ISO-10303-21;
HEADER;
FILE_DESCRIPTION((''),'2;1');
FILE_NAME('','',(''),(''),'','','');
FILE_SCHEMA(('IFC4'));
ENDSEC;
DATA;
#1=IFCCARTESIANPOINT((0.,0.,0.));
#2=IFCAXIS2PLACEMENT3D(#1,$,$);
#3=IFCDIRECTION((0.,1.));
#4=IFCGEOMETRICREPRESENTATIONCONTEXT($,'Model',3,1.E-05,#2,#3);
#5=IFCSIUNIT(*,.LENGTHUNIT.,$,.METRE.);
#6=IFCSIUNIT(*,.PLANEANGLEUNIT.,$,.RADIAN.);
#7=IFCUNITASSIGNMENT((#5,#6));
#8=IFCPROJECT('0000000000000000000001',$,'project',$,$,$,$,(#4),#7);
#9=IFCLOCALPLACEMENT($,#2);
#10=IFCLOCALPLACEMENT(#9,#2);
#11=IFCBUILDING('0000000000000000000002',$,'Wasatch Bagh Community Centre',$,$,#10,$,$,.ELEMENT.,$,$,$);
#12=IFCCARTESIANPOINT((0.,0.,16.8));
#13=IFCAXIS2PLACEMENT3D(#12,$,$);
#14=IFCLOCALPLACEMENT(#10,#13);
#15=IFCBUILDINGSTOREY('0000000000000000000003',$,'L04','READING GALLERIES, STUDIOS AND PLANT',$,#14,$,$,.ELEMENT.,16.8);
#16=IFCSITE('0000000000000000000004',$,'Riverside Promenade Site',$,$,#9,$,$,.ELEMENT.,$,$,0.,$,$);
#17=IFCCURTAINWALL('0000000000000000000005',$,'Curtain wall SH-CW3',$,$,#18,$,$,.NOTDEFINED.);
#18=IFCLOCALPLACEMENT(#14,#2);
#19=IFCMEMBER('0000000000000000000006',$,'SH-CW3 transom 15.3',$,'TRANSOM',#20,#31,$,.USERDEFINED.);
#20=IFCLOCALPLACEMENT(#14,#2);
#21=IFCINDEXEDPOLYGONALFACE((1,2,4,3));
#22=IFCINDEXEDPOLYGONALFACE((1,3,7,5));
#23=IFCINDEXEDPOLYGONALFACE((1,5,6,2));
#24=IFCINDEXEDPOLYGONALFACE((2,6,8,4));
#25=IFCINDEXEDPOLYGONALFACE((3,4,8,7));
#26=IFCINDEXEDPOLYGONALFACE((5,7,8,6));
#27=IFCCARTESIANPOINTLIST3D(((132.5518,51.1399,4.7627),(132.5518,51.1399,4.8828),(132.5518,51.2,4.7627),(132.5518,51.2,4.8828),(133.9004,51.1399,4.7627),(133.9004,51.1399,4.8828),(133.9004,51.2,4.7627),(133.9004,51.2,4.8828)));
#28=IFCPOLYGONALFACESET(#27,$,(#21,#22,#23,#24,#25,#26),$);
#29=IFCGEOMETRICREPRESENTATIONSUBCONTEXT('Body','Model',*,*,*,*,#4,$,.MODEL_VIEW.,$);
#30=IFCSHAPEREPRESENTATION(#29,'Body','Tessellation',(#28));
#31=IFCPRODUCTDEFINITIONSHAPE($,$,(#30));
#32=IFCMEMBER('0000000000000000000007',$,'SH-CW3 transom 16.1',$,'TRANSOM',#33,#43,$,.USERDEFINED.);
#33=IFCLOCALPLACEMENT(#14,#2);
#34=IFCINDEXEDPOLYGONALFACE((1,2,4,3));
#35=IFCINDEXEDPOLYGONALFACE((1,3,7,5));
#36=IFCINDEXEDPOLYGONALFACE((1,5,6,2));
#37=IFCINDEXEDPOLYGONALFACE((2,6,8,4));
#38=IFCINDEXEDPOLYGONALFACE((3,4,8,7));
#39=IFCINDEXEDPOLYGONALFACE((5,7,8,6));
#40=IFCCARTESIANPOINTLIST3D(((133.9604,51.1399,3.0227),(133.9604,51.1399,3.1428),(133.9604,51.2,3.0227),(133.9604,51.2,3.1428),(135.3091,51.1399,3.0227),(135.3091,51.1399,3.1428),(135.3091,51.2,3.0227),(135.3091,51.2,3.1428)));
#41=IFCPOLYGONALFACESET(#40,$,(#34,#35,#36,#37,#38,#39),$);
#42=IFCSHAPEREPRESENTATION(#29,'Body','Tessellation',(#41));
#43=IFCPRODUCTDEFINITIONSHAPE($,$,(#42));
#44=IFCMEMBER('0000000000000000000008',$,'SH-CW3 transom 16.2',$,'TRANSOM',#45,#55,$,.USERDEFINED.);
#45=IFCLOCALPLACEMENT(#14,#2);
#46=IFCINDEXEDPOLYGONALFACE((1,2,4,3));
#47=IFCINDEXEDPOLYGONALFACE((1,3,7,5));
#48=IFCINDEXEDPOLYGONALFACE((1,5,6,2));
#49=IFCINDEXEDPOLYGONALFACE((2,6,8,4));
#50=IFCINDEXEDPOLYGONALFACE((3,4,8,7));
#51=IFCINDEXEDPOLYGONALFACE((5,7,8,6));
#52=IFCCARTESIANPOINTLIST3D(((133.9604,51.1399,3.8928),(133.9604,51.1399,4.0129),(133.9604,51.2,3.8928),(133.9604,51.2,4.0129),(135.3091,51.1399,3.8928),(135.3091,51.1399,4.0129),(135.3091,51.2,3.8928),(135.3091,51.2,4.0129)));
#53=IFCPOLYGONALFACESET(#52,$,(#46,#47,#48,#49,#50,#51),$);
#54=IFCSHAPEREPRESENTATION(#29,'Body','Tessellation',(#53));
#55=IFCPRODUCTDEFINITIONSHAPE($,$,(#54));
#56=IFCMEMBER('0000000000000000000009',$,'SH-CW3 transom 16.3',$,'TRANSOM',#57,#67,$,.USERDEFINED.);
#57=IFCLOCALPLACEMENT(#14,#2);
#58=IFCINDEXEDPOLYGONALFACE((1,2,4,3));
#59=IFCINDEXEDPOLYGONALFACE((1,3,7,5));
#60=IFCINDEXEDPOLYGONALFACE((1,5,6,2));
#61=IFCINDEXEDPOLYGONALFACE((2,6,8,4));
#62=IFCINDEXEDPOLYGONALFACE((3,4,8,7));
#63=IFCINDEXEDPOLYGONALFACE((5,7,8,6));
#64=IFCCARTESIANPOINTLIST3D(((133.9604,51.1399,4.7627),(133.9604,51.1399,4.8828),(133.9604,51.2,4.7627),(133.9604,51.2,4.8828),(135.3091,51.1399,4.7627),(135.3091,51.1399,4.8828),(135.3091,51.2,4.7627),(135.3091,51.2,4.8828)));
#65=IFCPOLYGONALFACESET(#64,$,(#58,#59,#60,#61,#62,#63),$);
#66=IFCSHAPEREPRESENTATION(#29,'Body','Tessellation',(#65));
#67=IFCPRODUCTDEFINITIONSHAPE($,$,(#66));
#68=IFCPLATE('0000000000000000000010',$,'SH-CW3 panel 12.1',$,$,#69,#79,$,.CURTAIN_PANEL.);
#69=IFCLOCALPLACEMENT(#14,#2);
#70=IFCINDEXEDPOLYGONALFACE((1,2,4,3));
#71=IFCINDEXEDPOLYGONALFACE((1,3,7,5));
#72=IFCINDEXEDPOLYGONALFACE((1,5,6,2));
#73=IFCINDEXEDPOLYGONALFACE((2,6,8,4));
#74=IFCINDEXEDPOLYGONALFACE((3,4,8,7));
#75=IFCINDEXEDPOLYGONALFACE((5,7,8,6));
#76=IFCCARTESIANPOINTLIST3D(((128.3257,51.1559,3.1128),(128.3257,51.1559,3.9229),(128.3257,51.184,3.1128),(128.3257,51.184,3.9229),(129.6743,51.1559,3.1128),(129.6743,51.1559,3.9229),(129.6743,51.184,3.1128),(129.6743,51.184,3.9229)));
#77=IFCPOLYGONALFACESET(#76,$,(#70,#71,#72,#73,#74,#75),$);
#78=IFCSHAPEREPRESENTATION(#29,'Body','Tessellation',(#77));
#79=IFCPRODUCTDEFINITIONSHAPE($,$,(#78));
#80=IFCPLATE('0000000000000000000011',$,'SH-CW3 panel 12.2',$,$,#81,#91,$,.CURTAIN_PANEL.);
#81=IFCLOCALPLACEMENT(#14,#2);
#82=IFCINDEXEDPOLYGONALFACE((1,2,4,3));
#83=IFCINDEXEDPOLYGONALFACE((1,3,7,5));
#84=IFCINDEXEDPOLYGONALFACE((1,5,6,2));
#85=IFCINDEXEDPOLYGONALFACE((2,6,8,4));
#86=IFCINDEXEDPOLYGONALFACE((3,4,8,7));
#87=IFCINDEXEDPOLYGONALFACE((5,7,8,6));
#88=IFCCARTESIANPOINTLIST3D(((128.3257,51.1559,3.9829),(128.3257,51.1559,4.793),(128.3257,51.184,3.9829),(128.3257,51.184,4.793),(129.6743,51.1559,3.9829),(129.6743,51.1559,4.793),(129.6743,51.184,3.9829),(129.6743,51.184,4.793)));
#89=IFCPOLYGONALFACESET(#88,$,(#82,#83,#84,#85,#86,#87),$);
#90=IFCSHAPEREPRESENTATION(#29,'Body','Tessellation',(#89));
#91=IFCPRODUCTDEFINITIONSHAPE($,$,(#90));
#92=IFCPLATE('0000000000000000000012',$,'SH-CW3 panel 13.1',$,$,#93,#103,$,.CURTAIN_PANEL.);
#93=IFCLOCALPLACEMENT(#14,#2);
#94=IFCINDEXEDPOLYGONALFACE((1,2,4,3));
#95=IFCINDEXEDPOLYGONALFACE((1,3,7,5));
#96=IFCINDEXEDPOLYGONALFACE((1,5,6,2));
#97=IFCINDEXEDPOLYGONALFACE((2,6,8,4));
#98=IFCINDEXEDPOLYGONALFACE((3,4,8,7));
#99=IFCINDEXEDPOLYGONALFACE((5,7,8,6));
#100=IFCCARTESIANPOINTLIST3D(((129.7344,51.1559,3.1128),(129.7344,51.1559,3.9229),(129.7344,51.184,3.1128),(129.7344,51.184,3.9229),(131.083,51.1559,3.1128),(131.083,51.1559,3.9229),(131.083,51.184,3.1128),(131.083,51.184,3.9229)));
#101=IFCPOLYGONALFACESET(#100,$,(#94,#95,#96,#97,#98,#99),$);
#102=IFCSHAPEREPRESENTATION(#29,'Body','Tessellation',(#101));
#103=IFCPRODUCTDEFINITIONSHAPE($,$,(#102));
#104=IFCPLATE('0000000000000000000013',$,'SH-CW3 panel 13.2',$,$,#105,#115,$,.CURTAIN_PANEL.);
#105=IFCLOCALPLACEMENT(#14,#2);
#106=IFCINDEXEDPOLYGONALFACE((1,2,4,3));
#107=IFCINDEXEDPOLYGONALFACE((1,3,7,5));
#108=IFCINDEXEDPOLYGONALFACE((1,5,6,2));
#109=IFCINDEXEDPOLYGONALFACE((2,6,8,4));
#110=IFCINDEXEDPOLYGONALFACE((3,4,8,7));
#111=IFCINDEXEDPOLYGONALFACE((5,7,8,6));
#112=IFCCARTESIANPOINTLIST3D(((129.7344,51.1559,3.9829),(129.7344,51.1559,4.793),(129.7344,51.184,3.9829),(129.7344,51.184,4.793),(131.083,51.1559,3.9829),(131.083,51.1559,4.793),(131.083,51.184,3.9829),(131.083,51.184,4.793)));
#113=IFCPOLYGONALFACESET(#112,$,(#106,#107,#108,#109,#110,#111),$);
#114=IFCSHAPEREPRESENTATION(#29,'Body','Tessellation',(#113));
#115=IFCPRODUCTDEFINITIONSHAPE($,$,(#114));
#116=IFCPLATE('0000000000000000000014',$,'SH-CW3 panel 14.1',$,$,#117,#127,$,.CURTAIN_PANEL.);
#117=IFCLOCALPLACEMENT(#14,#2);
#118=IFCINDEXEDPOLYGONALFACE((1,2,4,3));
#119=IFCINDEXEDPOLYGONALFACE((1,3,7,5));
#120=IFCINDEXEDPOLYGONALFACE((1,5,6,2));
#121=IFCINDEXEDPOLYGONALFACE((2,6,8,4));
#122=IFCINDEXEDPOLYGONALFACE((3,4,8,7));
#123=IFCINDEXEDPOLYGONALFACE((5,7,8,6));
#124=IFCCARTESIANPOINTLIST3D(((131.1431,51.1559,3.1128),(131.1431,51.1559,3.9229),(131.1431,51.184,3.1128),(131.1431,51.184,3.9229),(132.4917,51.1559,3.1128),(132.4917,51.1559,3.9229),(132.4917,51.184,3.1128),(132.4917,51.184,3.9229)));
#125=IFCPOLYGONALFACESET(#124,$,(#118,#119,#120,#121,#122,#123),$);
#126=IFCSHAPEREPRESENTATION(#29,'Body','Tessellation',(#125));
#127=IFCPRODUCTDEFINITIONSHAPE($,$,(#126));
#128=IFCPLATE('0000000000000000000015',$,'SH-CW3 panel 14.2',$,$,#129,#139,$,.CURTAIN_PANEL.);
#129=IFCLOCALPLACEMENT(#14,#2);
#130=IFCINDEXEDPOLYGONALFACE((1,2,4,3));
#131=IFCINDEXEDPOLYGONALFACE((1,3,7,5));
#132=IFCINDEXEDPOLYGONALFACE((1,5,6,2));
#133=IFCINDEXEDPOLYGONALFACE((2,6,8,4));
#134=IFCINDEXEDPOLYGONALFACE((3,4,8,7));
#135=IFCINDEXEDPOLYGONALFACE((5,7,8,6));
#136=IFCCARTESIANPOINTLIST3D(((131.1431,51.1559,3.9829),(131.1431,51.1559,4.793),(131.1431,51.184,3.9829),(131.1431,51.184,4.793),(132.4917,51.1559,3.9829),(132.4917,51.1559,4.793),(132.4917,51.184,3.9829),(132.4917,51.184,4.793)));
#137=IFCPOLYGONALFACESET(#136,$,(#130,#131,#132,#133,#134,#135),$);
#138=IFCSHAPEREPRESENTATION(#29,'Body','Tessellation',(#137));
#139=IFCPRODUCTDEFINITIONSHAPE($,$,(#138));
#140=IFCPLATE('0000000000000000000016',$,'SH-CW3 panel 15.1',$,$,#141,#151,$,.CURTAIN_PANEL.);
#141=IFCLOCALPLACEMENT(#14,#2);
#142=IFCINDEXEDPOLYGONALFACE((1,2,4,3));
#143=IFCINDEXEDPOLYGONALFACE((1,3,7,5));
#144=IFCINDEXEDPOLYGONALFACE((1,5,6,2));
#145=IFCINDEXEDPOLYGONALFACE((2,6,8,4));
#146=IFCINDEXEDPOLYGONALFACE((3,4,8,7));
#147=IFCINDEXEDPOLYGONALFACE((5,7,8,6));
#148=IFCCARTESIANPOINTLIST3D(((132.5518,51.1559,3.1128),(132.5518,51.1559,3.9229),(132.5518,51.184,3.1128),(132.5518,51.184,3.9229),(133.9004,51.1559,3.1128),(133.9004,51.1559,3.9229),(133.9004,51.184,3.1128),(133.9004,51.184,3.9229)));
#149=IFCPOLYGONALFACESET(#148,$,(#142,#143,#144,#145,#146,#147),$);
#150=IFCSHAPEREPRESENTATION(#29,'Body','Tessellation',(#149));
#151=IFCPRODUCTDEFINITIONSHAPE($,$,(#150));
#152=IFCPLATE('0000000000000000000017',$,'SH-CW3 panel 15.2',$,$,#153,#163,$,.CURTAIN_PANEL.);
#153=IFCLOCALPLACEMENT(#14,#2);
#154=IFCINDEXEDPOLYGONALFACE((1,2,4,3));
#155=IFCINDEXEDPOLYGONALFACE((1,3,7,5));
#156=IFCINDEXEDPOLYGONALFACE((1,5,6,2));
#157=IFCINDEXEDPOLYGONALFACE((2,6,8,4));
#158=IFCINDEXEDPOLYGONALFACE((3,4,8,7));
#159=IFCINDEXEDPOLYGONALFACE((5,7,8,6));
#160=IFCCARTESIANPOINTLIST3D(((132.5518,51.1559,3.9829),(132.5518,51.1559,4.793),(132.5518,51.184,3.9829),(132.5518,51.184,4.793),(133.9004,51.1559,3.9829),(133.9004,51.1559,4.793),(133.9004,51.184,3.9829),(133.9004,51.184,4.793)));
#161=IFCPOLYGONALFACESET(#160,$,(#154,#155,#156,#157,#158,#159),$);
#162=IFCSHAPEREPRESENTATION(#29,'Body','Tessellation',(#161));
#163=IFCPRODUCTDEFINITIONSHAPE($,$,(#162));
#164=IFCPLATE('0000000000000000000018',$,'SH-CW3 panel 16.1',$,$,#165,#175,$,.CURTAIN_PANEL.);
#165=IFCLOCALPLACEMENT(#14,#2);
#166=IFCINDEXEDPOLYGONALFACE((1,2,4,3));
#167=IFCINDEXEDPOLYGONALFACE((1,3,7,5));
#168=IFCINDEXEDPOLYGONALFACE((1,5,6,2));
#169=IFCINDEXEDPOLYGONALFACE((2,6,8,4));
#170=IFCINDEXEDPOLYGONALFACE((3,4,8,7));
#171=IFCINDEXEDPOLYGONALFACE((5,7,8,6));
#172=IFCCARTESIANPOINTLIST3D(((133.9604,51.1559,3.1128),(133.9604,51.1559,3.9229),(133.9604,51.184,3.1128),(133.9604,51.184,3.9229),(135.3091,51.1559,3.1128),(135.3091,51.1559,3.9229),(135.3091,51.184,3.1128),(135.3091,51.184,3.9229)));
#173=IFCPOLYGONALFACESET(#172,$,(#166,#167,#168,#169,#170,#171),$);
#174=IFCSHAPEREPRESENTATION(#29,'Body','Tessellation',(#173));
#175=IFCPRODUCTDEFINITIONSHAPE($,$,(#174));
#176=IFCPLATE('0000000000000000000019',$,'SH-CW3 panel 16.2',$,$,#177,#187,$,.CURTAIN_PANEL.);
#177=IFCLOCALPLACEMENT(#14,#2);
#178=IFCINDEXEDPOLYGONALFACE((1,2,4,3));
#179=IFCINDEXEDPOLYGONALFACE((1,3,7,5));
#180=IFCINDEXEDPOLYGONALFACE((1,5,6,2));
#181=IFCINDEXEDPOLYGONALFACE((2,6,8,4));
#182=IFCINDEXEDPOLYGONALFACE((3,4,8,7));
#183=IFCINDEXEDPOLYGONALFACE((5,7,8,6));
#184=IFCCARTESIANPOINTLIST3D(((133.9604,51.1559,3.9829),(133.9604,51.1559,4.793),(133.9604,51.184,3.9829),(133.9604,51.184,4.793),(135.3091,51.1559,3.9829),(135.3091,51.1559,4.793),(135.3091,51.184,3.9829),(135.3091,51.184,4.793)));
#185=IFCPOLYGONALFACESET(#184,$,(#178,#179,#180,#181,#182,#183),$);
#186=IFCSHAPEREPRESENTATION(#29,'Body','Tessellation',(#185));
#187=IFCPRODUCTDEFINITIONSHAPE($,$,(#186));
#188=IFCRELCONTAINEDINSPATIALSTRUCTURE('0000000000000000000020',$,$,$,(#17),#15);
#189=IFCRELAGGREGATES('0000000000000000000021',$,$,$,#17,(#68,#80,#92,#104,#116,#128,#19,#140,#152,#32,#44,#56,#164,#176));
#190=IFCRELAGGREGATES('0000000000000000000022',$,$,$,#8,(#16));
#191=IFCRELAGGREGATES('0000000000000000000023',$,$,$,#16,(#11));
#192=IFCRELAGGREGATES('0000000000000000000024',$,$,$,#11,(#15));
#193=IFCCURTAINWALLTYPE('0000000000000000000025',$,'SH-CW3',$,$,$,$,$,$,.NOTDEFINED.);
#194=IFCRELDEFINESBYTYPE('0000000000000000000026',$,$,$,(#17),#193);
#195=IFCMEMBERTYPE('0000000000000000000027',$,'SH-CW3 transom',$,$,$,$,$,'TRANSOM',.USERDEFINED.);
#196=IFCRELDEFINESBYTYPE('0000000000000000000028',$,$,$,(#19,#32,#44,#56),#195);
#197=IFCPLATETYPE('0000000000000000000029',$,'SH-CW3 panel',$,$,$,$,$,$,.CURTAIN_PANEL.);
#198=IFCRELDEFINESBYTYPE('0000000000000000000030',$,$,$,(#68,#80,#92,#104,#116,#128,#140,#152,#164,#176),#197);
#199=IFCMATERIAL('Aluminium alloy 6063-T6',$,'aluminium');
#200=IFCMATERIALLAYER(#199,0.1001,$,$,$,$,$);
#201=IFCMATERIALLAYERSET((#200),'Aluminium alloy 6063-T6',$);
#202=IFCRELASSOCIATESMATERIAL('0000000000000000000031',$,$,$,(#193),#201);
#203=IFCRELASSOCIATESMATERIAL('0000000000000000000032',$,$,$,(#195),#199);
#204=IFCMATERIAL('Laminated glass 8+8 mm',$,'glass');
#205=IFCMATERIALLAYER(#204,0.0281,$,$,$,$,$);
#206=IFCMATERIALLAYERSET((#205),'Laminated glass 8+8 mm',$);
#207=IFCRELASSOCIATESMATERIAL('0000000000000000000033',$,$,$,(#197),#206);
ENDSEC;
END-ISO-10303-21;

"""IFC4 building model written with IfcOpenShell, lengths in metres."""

from ifc_helpers import new_model, si_unit, direction, frame, origin, origin_2d, place, context, subcontext, project, spatial, rectangle, extrude, material, layer, layer_set, material_profile, profile_set, type_object, element, aggregate, save


model = new_model("IFC4")

# Units and contexts
model_context = context("Model", 3, precision=1e-05, world=origin(), true_north=direction((0.0, 1.0)))
body_context = subcontext(model_context, "Body", "Model", "MODEL_VIEW")
ifc_project = project(units=[si_unit("LENGTHUNIT", "METRE"), si_unit("PLANEANGLEUNIT", "RADIAN")], contexts=[model_context])

# Site, building, storey
site_placement = place(None, origin())
site = spatial("IfcSite", under=ifc_project, at=site_placement, Name="Riverside Promenade Site", CompositionType="ELEMENT", RefElevation=0.0)
building_placement = place(site_placement, origin())
building = spatial("IfcBuilding", under=site, at=building_placement, Name="Wasatch Bagh Community Centre", CompositionType="ELEMENT")
storey_placement = place(building_placement, frame((0.0, 0.0, 16.8)))
storey = spatial("IfcBuildingStorey", under=building, at=storey_placement, Name="L04", Description="READING GALLERIES, STUDIOS AND PLANT", CompositionType="ELEMENT", Elevation=16.8)

# Curtain wall, members, plates
ifc_material_1 = material(Name="Aluminium alloy 6063-T6", Category="aluminium")
ifc_layer_1 = layer(ifc_material_1, 0.1001)
ifc_layer_set_1 = layer_set([ifc_layer_1], Name="Aluminium alloy 6063-T6")
curtain_wall_type = type_object("IfcCurtainWallType", Name="SH-CW3", PredefinedType="NOTDEFINED", material=ifc_layer_set_1)
curtain_wall_placement = place(storey_placement, origin())
curtain_wall = element("IfcCurtainWall", 1, at=curtain_wall_placement, inside=storey, type_object=curtain_wall_type, Name="Curtain wall SH-CW3", PredefinedType="NOTDEFINED")
ifc_material_profile_1 = material_profile(ifc_material_1, rectangle(XDim=0.0601, YDim=0.1201, at=origin_2d()), Name="AL 60x120")
ifc_profile_set_1 = profile_set([ifc_material_profile_1], Name="Aluminium alloy 6063-T6")
member_type_1 = type_object("IfcMemberType", Name="SH-CW3 transom", ElementType="TRANSOM", PredefinedType="USERDEFINED", material=ifc_profile_set_1)
member_1_placement = place(storey_placement, frame((132.5518, 51.1699, 4.8228), z_axis=(1.0, 0.0, 0.0), x_axis=(0.0, 1.0, 0.0)))
member_1 = element("IfcMember", 2, at=member_1_placement, type_object=member_type_1, Name="SH-CW3 transom 15.3", ObjectType="TRANSOM", PredefinedType="USERDEFINED", context=body_context, shape_type="SweptSolid", body=[
    extrude(rectangle(XDim=0.0601, YDim=0.1201, at=origin_2d()), origin(), (0.0, 0.0, 1.0), 1.3486),
])
member_2_placement = place(storey_placement, frame((133.9604, 51.1699, 3.0828), z_axis=(1.0, 0.0, 0.0), x_axis=(0.0, 1.0, 0.0)))
member_2 = element("IfcMember", 3, at=member_2_placement, type_object=member_type_1, Name="SH-CW3 transom 16.1", ObjectType="TRANSOM", PredefinedType="USERDEFINED", context=body_context, shape_type="SweptSolid", body=[
    extrude(rectangle(XDim=0.0601, YDim=0.1201, at=origin_2d()), origin(), (0.0, 0.0, 1.0), 1.3486),
])
member_3_placement = place(storey_placement, frame((133.9604, 51.1699, 3.9529), z_axis=(1.0, 0.0, 0.0), x_axis=(0.0, 1.0, 0.0)))
member_3 = element("IfcMember", 4, at=member_3_placement, type_object=member_type_1, Name="SH-CW3 transom 16.2", ObjectType="TRANSOM", PredefinedType="USERDEFINED", context=body_context, shape_type="SweptSolid", body=[
    extrude(rectangle(XDim=0.0601, YDim=0.1201, at=origin_2d()), origin(), (0.0, 0.0, 1.0), 1.3486),
])
member_4_placement = place(storey_placement, frame((133.9604, 51.1699, 4.8228), z_axis=(1.0, 0.0, 0.0), x_axis=(0.0, 1.0, 0.0)))
member_4 = element("IfcMember", 5, at=member_4_placement, type_object=member_type_1, Name="SH-CW3 transom 16.3", ObjectType="TRANSOM", PredefinedType="USERDEFINED", context=body_context, shape_type="SweptSolid", body=[
    extrude(rectangle(XDim=0.0601, YDim=0.1201, at=origin_2d()), origin(), (0.0, 0.0, 1.0), 1.3486),
])
ifc_material_2 = material(Name="Laminated glass 8+8 mm", Category="glass")
ifc_layer_2 = layer(ifc_material_2, 0.0281)
ifc_layer_set_2 = layer_set([ifc_layer_2], Name="Laminated glass 8+8 mm")
plate_type = type_object("IfcPlateType", Name="SH-CW3 panel", PredefinedType="CURTAIN_PANEL", material=ifc_layer_set_2)
plate_1_placement = place(storey_placement, frame((129.0, 51.1699, 3.1128), z_axis=(0.0, 0.0, 1.0), x_axis=(1.0, 0.0, 0.0)))
plate_1 = element("IfcPlate", 6, at=plate_1_placement, type_object=plate_type, Name="SH-CW3 panel 12.1", PredefinedType="CURTAIN_PANEL", context=body_context, shape_type="SweptSolid", body=[
    extrude(rectangle(XDim=1.3486, YDim=0.0281, at=origin_2d()), origin(), (0.0, 0.0, 1.0), 0.8101),
])
plate_2_placement = place(storey_placement, frame((129.0, 51.1699, 3.9829), z_axis=(0.0, 0.0, 1.0), x_axis=(1.0, 0.0, 0.0)))
plate_2 = element("IfcPlate", 7, at=plate_2_placement, type_object=plate_type, Name="SH-CW3 panel 12.2", PredefinedType="CURTAIN_PANEL", context=body_context, shape_type="SweptSolid", body=[
    extrude(rectangle(XDim=1.3486, YDim=0.0281, at=origin_2d()), origin(), (0.0, 0.0, 1.0), 0.8101),
])
plate_3_placement = place(storey_placement, frame((130.4087, 51.1699, 3.1128), z_axis=(0.0, 0.0, 1.0), x_axis=(1.0, 0.0, 0.0)))
plate_3 = element("IfcPlate", 8, at=plate_3_placement, type_object=plate_type, Name="SH-CW3 panel 13.1", PredefinedType="CURTAIN_PANEL", context=body_context, shape_type="SweptSolid", body=[
    extrude(rectangle(XDim=1.3486, YDim=0.0281, at=origin_2d()), origin(), (0.0, 0.0, 1.0), 0.8101),
])
plate_4_placement = place(storey_placement, frame((130.4087, 51.1699, 3.9829), z_axis=(0.0, 0.0, 1.0), x_axis=(1.0, 0.0, 0.0)))
plate_4 = element("IfcPlate", 9, at=plate_4_placement, type_object=plate_type, Name="SH-CW3 panel 13.2", PredefinedType="CURTAIN_PANEL", context=body_context, shape_type="SweptSolid", body=[
    extrude(rectangle(XDim=1.3486, YDim=0.0281, at=origin_2d()), origin(), (0.0, 0.0, 1.0), 0.8101),
])
plate_5_placement = place(storey_placement, frame((131.8174, 51.1699, 3.1128), z_axis=(0.0, 0.0, 1.0), x_axis=(1.0, 0.0, 0.0)))
plate_5 = element("IfcPlate", 10, at=plate_5_placement, type_object=plate_type, Name="SH-CW3 panel 14.1", PredefinedType="CURTAIN_PANEL", context=body_context, shape_type="SweptSolid", body=[
    extrude(rectangle(XDim=1.3486, YDim=0.0281, at=origin_2d()), origin(), (0.0, 0.0, 1.0), 0.8101),
])
plate_6_placement = place(storey_placement, frame((131.8174, 51.1699, 3.9829), z_axis=(0.0, 0.0, 1.0), x_axis=(1.0, 0.0, 0.0)))
plate_6 = element("IfcPlate", 11, at=plate_6_placement, type_object=plate_type, Name="SH-CW3 panel 14.2", PredefinedType="CURTAIN_PANEL", context=body_context, shape_type="SweptSolid", body=[
    extrude(rectangle(XDim=1.3486, YDim=0.0281, at=origin_2d()), origin(), (0.0, 0.0, 1.0), 0.8101),
])
plate_7_placement = place(storey_placement, frame((133.2261, 51.1699, 3.1128), z_axis=(0.0, 0.0, 1.0), x_axis=(1.0, 0.0, 0.0)))
plate_7 = element("IfcPlate", 12, at=plate_7_placement, type_object=plate_type, Name="SH-CW3 panel 15.1", PredefinedType="CURTAIN_PANEL", context=body_context, shape_type="SweptSolid", body=[
    extrude(rectangle(XDim=1.3486, YDim=0.0281, at=origin_2d()), origin(), (0.0, 0.0, 1.0), 0.8101),
])
plate_8_placement = place(storey_placement, frame((133.2261, 51.1699, 3.9829), z_axis=(0.0, 0.0, 1.0), x_axis=(1.0, 0.0, 0.0)))
plate_8 = element("IfcPlate", 13, at=plate_8_placement, type_object=plate_type, Name="SH-CW3 panel 15.2", PredefinedType="CURTAIN_PANEL", context=body_context, shape_type="SweptSolid", body=[
    extrude(rectangle(XDim=1.3486, YDim=0.0281, at=origin_2d()), origin(), (0.0, 0.0, 1.0), 0.8101),
])
plate_9_placement = place(storey_placement, frame((134.6348, 51.1699, 3.1128), z_axis=(0.0, 0.0, 1.0), x_axis=(1.0, 0.0, 0.0)))
plate_9 = element("IfcPlate", 14, at=plate_9_placement, type_object=plate_type, Name="SH-CW3 panel 16.1", PredefinedType="CURTAIN_PANEL", context=body_context, shape_type="SweptSolid", body=[
    extrude(rectangle(XDim=1.3486, YDim=0.0281, at=origin_2d()), origin(), (0.0, 0.0, 1.0), 0.8101),
])
plate_10_placement = place(storey_placement, frame((134.6348, 51.1699, 3.9829), z_axis=(0.0, 0.0, 1.0), x_axis=(1.0, 0.0, 0.0)))
plate_10 = element("IfcPlate", 15, at=plate_10_placement, type_object=plate_type, Name="SH-CW3 panel 16.2", PredefinedType="CURTAIN_PANEL", context=body_context, shape_type="SweptSolid", body=[
    extrude(rectangle(XDim=1.3486, YDim=0.0281, at=origin_2d()), origin(), (0.0, 0.0, 1.0), 0.8101),
])
aggregate(curtain_wall, [plate_1, plate_2, plate_3, plate_4, plate_5, plate_6, member_1, plate_7, plate_8, member_2, member_3, member_4, plate_9, plate_10])

save(model, "model.ifc")
